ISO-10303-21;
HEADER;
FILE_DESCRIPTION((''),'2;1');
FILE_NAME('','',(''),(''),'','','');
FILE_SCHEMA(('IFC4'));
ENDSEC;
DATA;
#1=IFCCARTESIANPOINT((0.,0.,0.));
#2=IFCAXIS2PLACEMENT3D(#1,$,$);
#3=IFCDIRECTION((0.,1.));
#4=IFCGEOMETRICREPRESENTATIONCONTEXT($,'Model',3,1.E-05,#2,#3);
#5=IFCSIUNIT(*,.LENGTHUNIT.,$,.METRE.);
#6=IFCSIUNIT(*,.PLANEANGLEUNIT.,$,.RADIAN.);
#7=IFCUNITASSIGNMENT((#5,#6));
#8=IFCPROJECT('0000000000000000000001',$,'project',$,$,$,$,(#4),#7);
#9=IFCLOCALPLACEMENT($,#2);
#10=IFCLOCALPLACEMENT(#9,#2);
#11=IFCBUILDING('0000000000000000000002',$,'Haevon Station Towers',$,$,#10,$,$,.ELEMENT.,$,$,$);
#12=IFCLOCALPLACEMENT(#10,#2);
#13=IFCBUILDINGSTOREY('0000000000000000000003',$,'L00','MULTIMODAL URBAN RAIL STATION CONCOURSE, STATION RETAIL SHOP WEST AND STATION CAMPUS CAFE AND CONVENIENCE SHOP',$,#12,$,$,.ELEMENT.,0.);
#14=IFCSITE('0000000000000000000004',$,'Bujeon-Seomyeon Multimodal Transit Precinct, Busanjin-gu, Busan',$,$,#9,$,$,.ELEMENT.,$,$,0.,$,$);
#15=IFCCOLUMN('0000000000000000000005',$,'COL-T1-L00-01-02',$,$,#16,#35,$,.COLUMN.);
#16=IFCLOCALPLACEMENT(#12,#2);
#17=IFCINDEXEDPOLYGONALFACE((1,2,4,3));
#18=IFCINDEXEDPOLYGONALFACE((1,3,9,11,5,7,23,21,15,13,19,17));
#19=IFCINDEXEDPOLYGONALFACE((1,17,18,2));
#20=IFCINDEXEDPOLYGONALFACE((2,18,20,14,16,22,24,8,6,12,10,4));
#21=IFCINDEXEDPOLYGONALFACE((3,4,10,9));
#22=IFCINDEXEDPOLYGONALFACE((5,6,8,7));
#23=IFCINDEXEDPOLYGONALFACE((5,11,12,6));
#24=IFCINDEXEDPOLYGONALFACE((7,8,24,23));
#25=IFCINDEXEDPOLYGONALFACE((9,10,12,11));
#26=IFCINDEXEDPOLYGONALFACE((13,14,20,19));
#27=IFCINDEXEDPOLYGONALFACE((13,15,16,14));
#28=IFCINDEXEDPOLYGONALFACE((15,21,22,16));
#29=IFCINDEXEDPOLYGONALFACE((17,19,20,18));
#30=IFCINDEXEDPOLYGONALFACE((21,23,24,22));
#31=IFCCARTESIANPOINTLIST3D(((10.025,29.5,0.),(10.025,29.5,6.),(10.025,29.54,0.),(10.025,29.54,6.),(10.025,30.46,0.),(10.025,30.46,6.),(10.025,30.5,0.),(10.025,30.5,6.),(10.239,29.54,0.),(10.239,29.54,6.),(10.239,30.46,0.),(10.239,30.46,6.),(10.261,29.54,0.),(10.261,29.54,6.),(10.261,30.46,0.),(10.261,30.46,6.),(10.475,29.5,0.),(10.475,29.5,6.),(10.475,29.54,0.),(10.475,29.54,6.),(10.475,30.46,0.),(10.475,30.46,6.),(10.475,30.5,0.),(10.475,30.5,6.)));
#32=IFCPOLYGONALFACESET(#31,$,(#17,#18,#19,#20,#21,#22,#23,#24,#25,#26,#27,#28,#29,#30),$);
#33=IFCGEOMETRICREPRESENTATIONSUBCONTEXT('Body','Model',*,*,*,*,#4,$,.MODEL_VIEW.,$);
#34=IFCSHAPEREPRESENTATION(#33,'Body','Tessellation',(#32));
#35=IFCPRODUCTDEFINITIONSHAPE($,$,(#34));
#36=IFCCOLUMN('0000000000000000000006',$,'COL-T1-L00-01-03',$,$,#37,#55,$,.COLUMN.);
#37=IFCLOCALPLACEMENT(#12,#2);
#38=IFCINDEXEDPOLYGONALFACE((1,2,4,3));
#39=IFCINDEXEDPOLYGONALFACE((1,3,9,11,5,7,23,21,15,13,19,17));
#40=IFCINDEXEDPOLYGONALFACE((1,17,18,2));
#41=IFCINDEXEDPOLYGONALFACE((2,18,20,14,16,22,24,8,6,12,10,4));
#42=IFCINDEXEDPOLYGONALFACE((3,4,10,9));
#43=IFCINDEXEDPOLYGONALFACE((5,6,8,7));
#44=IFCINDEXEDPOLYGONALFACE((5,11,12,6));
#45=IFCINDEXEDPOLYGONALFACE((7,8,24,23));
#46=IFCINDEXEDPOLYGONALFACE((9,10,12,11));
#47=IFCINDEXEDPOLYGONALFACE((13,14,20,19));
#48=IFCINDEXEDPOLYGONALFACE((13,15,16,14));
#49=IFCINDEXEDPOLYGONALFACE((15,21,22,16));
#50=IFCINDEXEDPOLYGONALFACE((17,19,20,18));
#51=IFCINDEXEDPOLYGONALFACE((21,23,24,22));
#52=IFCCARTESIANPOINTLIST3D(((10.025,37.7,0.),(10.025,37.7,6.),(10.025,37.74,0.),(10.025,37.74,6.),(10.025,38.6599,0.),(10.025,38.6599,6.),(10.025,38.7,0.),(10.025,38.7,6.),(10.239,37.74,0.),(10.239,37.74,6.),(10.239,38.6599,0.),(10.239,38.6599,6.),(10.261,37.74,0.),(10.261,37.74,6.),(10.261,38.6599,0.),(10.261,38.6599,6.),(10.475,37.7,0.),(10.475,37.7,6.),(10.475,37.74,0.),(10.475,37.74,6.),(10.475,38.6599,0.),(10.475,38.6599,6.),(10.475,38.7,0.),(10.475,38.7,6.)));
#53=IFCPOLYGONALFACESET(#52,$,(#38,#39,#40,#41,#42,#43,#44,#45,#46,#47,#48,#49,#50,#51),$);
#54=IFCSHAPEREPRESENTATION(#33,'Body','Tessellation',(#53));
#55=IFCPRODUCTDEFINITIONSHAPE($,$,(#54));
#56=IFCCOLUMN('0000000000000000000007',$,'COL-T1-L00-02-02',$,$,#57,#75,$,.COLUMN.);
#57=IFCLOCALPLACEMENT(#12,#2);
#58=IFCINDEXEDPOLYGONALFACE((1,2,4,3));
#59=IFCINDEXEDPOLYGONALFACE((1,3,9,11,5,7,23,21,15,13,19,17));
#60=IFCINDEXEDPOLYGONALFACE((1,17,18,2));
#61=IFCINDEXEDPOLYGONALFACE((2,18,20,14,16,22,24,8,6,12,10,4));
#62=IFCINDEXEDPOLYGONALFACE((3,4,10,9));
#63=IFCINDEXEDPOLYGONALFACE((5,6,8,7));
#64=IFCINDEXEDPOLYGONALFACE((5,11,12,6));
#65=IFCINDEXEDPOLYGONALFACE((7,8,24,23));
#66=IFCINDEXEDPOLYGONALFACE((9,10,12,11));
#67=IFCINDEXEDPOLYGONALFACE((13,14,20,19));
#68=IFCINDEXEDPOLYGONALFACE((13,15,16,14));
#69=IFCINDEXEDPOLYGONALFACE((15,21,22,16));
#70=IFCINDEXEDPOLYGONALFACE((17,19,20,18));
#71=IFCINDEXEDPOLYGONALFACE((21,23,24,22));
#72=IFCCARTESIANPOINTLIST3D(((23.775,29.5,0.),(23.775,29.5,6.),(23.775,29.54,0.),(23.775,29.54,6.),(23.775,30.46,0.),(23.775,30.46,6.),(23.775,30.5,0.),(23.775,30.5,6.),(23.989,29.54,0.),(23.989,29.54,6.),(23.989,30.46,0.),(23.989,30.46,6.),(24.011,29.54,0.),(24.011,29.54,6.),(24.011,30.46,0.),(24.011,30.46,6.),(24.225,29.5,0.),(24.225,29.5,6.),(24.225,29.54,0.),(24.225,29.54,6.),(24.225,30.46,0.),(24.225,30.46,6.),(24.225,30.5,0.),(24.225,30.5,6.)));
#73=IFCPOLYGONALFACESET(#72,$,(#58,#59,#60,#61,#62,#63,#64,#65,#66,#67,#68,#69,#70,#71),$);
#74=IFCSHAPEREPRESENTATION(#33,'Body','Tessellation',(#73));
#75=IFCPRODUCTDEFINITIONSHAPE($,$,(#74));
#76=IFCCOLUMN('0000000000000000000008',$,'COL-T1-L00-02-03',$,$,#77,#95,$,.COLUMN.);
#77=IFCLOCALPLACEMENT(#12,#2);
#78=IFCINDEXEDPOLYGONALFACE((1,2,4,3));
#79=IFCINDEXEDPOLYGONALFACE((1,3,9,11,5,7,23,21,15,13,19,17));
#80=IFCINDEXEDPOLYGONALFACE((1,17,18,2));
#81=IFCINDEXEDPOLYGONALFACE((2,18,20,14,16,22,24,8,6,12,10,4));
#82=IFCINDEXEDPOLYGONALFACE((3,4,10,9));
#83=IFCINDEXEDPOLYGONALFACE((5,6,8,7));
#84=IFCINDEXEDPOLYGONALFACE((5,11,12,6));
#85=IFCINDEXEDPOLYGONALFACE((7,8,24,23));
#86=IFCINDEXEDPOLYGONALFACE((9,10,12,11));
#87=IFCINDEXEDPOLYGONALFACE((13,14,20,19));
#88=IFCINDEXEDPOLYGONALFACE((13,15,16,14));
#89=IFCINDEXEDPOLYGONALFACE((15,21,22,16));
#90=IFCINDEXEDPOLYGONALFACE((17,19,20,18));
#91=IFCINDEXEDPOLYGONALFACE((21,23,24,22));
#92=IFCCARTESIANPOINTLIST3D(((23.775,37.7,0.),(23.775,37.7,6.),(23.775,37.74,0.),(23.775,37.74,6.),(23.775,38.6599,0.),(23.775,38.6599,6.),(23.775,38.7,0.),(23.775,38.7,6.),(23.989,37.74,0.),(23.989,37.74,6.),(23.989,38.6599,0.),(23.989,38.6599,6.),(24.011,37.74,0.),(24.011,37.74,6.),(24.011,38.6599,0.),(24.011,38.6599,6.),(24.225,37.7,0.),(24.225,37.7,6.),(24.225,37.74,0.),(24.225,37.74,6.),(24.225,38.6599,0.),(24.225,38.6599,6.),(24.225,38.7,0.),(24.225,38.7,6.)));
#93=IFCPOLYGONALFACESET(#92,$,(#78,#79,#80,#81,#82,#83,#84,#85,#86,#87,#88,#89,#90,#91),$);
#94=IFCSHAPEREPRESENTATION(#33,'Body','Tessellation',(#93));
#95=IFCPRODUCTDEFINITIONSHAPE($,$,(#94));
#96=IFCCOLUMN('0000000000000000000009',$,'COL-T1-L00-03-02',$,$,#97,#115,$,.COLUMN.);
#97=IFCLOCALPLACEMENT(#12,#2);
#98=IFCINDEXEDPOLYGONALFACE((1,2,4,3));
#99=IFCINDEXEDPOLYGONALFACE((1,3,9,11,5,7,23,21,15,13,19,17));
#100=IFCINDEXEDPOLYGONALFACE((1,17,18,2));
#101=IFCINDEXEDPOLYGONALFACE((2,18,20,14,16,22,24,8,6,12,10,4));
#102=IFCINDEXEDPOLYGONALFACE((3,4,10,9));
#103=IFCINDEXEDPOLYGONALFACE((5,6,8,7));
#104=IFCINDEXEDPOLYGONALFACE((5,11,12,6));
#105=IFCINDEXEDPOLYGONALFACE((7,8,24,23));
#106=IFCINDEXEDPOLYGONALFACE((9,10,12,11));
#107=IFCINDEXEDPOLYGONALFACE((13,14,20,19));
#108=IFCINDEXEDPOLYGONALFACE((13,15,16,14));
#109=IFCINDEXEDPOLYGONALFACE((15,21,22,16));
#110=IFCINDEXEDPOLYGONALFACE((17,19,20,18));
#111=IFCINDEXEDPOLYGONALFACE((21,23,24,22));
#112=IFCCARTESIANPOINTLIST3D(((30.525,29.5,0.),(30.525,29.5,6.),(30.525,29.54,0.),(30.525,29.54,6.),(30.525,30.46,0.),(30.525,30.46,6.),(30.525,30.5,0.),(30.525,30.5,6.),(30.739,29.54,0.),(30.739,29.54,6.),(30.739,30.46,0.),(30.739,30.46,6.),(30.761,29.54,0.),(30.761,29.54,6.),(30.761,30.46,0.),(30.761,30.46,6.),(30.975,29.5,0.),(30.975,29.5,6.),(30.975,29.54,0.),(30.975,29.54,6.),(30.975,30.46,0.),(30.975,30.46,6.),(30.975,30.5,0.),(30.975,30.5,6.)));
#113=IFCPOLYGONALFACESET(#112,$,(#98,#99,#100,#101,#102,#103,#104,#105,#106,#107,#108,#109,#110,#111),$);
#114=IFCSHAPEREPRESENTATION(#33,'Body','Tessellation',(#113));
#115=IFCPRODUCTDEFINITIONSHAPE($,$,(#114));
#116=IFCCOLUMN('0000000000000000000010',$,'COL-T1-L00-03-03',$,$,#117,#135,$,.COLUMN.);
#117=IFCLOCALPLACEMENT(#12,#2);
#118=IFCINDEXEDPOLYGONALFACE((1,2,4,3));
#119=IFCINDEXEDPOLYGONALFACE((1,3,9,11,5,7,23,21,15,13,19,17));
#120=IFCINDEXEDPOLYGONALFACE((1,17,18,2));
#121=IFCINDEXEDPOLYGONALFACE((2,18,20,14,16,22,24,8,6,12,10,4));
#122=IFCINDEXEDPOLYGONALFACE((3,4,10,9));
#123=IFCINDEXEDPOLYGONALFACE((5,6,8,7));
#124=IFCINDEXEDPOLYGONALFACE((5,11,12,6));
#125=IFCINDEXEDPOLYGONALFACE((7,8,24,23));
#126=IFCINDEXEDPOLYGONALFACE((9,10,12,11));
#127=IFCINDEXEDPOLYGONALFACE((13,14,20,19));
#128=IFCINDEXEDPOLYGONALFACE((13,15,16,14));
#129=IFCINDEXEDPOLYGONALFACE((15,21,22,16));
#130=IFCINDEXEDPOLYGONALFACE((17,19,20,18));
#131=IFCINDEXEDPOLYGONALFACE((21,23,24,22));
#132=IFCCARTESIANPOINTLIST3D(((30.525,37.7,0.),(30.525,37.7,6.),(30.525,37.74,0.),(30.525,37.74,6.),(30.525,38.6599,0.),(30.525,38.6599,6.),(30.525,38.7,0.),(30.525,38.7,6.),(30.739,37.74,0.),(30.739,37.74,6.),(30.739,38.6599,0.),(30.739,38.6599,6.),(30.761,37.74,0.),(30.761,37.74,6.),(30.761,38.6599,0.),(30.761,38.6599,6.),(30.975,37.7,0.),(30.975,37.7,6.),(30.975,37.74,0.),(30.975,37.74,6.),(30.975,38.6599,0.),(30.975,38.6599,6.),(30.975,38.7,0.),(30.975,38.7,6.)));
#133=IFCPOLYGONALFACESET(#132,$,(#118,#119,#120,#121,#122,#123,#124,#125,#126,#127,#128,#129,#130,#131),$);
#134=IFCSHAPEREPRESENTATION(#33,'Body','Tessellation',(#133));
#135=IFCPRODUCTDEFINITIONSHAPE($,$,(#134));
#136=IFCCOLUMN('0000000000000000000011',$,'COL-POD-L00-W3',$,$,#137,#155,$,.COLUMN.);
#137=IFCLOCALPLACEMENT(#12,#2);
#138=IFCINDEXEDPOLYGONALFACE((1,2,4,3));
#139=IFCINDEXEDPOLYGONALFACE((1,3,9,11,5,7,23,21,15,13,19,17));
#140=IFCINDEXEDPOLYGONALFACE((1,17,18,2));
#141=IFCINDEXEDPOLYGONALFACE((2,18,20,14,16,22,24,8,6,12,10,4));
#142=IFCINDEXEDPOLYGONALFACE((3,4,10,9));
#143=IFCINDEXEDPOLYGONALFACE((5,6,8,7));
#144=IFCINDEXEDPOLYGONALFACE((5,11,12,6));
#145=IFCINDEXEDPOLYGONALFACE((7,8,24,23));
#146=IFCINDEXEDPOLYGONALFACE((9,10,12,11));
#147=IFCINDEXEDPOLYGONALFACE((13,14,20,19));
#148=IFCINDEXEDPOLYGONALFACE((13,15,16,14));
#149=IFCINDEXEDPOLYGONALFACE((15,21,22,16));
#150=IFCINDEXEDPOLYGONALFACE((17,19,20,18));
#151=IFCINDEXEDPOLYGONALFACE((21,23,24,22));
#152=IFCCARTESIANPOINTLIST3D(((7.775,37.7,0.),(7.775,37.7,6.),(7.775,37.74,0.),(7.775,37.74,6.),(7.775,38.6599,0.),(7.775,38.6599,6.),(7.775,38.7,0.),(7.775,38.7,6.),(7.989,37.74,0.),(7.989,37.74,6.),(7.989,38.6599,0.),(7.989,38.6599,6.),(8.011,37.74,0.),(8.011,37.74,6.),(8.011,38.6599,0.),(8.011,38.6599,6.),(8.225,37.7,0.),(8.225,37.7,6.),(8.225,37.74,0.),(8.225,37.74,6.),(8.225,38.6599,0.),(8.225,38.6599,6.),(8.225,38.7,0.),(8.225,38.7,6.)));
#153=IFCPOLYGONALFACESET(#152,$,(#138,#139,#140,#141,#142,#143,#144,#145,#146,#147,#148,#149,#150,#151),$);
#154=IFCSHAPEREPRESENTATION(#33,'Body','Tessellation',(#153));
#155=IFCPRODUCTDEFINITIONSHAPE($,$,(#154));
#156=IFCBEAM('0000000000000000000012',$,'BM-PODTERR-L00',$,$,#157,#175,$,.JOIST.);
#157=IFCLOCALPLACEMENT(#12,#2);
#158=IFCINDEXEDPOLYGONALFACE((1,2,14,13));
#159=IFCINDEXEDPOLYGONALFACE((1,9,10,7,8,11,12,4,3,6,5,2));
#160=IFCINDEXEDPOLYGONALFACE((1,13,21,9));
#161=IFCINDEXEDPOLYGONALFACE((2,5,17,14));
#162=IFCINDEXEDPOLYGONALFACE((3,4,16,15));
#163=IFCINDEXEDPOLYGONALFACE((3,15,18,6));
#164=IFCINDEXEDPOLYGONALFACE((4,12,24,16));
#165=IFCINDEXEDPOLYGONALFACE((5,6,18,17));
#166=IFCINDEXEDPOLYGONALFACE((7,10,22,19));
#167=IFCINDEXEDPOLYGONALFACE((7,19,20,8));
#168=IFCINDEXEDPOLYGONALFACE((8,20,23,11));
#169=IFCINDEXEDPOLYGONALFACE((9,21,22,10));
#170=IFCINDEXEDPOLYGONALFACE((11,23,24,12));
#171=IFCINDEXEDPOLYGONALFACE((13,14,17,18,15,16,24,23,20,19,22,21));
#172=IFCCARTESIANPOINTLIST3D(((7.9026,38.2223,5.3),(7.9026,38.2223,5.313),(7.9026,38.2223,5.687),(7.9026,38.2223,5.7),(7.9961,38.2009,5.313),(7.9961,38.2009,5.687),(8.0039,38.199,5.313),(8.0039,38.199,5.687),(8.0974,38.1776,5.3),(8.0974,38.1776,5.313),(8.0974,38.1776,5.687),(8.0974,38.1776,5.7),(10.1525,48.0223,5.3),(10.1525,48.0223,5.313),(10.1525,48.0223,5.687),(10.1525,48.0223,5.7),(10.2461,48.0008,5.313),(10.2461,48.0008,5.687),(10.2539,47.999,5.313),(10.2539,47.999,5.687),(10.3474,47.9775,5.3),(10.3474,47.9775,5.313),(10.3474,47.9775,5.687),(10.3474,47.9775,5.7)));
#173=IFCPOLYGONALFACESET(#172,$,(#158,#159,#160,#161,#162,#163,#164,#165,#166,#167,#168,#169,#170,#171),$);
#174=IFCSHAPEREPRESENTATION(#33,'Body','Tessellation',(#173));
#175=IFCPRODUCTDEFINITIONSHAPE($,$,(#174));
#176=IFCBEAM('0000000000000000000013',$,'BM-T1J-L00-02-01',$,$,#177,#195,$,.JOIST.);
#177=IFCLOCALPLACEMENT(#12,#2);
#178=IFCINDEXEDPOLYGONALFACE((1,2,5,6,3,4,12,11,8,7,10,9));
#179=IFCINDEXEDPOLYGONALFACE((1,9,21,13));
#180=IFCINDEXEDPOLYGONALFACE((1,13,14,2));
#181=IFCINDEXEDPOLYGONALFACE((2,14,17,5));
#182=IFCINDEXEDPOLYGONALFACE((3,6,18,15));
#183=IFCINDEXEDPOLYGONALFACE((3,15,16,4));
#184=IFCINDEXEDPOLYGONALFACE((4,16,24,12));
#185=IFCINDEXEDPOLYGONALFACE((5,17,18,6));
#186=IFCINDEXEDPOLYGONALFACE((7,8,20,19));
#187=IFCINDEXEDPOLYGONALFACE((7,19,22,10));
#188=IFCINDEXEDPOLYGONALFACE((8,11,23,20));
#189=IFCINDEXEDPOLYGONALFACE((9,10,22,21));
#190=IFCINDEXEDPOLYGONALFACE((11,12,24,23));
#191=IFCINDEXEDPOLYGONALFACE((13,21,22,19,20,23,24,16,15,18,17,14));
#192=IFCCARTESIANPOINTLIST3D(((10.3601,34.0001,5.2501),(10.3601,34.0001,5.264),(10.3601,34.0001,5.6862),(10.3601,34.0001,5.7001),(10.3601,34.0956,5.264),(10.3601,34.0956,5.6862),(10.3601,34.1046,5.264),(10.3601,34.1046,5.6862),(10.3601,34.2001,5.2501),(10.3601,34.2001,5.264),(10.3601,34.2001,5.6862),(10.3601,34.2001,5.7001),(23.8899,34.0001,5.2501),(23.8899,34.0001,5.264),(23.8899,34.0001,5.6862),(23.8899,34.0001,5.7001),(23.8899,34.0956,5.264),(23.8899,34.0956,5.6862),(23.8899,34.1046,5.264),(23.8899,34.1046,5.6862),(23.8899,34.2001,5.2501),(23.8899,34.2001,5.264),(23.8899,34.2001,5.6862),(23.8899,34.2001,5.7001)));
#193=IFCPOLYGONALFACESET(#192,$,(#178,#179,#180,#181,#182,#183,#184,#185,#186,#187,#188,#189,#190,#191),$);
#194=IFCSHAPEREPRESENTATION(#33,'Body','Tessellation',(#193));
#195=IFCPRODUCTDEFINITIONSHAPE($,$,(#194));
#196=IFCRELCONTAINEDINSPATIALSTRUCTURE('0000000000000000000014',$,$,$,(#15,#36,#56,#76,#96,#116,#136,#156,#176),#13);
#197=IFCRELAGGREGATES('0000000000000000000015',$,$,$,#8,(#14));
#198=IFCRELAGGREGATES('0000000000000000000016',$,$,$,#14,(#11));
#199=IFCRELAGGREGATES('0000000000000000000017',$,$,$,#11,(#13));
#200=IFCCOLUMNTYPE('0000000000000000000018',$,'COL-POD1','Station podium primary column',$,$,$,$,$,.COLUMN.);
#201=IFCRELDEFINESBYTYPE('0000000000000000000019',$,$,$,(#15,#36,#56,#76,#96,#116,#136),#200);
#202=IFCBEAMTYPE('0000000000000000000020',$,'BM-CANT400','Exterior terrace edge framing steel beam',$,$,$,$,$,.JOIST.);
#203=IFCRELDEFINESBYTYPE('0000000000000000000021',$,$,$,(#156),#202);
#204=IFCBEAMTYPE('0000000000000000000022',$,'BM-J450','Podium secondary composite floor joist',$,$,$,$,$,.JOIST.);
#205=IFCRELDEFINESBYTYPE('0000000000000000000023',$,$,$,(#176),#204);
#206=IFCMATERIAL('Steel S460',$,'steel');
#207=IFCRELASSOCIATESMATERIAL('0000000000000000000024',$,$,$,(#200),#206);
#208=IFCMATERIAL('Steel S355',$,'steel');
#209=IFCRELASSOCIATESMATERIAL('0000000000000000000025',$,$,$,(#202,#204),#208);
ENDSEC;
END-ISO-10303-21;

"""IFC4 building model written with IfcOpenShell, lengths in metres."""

from ifc_helpers import new_model, si_unit, direction, frame, origin, origin_2d, place, context, subcontext, project, spatial, i_section, extrude, material, material_profile, profile_set, type_object, element, save


model = new_model("IFC4")

# Units and contexts
model_context = context("Model", 3, precision=1e-05, world=origin(), true_north=direction((0.0, 1.0)))
body_context = subcontext(model_context, "Body", "Model", "MODEL_VIEW")
ifc_project = project(units=[si_unit("LENGTHUNIT", "METRE"), si_unit("PLANEANGLEUNIT", "RADIAN")], contexts=[model_context])

# Site, building, storey
site_placement = place(None, origin())
site = spatial("IfcSite", under=ifc_project, at=site_placement, Name="Bujeon-Seomyeon Multimodal Transit Precinct, Busanjin-gu, Busan", CompositionType="ELEMENT", RefElevation=0.0)
building_placement = place(site_placement, origin())
building = spatial("IfcBuilding", under=site, at=building_placement, Name="Haevon Station Towers", CompositionType="ELEMENT")
storey_placement = place(building_placement, origin())
storey = spatial("IfcBuildingStorey", under=building, at=storey_placement, Name="L00", Description="MULTIMODAL URBAN RAIL STATION CONCOURSE, STATION RETAIL SHOP WEST AND STATION CAMPUS CAFE AND CONVENIENCE SHOP", CompositionType="ELEMENT", Elevation=0.0)

# Columns
ifc_material_1 = material(Name="Steel S460", Category="steel")
ifc_material_profile_1 = material_profile(ifc_material_1, i_section(OverallWidth=0.45, OverallDepth=1.0, WebThickness=0.022, FlangeThickness=0.04, at=origin_2d()), Name="H-1000x450x22x40")
ifc_profile_set_1 = profile_set([ifc_material_profile_1], Name="Steel S460")
column_type = type_object("IfcColumnType", Name="COL-POD1", Description="Station podium primary column", PredefinedType="COLUMN", material=ifc_profile_set_1)
for number, where, z_axis, x_axis, name in (
    (1, (10.25, 30.0, 0.0), (0.0, 0.0, 1.0), (1.0, 0.0, 0.0), "COL-T1-L00-01-02"),
    (2, (10.25, 38.2, 0.0), (0.0, 0.0, 1.0), (1.0, 0.0, 0.0), "COL-T1-L00-01-03"),
    (3, (24.0, 30.0, 0.0), (0.0, 0.0, 1.0), (1.0, 0.0, 0.0), "COL-T1-L00-02-02"),
    (4, (24.0, 38.2, 0.0), (0.0, 0.0, 1.0), (1.0, 0.0, 0.0), "COL-T1-L00-02-03"),
    (5, (30.75, 30.0, 0.0), (0.0, 0.0, 1.0), (1.0, 0.0, 0.0), "COL-T1-L00-03-02"),
    (6, (30.75, 38.2, 0.0), (0.0, 0.0, 1.0), (1.0, 0.0, 0.0), "COL-T1-L00-03-03"),
    (7, (8.0, 38.2, 0.0), (0.0, 0.0, 1.0), (1.0, 0.0, 0.0), "COL-POD-L00-W3"),
):
    element("IfcColumn", number, at=place(storey_placement, frame(where, z_axis=z_axis, x_axis=x_axis)), inside=storey, type_object=column_type, Name=name, PredefinedType="COLUMN", context=body_context, shape_type="SweptSolid", body=[
        extrude(i_section(OverallWidth=0.45, OverallDepth=1.0, WebThickness=0.022, FlangeThickness=0.04, at=origin_2d()), origin(), (0.0, 0.0, 1.0), 6.0),
    ])

# Beams
ifc_material_2 = material(Name="Steel S355", Category="steel")
ifc_material_profile_2 = material_profile(ifc_material_2, i_section(OverallWidth=0.2, OverallDepth=0.3999, WebThickness=0.0081, FlangeThickness=0.0129, at=origin_2d()), Name="H-400x200x8x13")
ifc_profile_set_2 = profile_set([ifc_material_profile_2], Name="Steel S355")
beam_type_1 = type_object("IfcBeamType", Name="BM-CANT400", Description="Exterior terrace edge framing steel beam", PredefinedType="JOIST", material=ifc_profile_set_2)
beam_1_placement = place(storey_placement, frame((8.0, 38.2, 5.5), z_axis=(0.223769, 0.974642, 0.0), x_axis=(-0.974642, 0.223769, 0.0)))
element("IfcBeam", 8, at=beam_1_placement, inside=storey, type_object=beam_type_1, Name="BM-PODTERR-L00", PredefinedType="JOIST", context=body_context, shape_type="SweptSolid", body=[
    extrude(i_section(OverallWidth=0.2, OverallDepth=0.3999, WebThickness=0.0081, FlangeThickness=0.0129, at=origin_2d()), origin(), (0.0, 0.0, 1.0), 10.0549),
])
ifc_material_profile_3 = material_profile(ifc_material_2, i_section(OverallWidth=0.2, OverallDepth=0.45, WebThickness=0.009, FlangeThickness=0.0139, at=origin_2d()), Name="H-450x200x9x14")
ifc_profile_set_3 = profile_set([ifc_material_profile_3], Name="Steel S355")
beam_type_2 = type_object("IfcBeamType", Name="BM-J450", Description="Podium secondary composite floor joist", PredefinedType="JOIST", material=ifc_profile_set_3)
beam_2_placement = place(storey_placement, frame((10.3601, 34.1001, 5.4751), z_axis=(1.0, 0.0, 0.0), x_axis=(0.0, 1.0, 0.0)))
element("IfcBeam", 9, at=beam_2_placement, inside=storey, type_object=beam_type_2, Name="BM-T1J-L00-02-01", PredefinedType="JOIST", context=body_context, shape_type="SweptSolid", body=[
    extrude(i_section(OverallWidth=0.2, OverallDepth=0.45, WebThickness=0.009, FlangeThickness=0.0139, at=origin_2d()), origin(), (0.0, 0.0, 1.0), 13.5298),
])

save(model, "model.ifc")
